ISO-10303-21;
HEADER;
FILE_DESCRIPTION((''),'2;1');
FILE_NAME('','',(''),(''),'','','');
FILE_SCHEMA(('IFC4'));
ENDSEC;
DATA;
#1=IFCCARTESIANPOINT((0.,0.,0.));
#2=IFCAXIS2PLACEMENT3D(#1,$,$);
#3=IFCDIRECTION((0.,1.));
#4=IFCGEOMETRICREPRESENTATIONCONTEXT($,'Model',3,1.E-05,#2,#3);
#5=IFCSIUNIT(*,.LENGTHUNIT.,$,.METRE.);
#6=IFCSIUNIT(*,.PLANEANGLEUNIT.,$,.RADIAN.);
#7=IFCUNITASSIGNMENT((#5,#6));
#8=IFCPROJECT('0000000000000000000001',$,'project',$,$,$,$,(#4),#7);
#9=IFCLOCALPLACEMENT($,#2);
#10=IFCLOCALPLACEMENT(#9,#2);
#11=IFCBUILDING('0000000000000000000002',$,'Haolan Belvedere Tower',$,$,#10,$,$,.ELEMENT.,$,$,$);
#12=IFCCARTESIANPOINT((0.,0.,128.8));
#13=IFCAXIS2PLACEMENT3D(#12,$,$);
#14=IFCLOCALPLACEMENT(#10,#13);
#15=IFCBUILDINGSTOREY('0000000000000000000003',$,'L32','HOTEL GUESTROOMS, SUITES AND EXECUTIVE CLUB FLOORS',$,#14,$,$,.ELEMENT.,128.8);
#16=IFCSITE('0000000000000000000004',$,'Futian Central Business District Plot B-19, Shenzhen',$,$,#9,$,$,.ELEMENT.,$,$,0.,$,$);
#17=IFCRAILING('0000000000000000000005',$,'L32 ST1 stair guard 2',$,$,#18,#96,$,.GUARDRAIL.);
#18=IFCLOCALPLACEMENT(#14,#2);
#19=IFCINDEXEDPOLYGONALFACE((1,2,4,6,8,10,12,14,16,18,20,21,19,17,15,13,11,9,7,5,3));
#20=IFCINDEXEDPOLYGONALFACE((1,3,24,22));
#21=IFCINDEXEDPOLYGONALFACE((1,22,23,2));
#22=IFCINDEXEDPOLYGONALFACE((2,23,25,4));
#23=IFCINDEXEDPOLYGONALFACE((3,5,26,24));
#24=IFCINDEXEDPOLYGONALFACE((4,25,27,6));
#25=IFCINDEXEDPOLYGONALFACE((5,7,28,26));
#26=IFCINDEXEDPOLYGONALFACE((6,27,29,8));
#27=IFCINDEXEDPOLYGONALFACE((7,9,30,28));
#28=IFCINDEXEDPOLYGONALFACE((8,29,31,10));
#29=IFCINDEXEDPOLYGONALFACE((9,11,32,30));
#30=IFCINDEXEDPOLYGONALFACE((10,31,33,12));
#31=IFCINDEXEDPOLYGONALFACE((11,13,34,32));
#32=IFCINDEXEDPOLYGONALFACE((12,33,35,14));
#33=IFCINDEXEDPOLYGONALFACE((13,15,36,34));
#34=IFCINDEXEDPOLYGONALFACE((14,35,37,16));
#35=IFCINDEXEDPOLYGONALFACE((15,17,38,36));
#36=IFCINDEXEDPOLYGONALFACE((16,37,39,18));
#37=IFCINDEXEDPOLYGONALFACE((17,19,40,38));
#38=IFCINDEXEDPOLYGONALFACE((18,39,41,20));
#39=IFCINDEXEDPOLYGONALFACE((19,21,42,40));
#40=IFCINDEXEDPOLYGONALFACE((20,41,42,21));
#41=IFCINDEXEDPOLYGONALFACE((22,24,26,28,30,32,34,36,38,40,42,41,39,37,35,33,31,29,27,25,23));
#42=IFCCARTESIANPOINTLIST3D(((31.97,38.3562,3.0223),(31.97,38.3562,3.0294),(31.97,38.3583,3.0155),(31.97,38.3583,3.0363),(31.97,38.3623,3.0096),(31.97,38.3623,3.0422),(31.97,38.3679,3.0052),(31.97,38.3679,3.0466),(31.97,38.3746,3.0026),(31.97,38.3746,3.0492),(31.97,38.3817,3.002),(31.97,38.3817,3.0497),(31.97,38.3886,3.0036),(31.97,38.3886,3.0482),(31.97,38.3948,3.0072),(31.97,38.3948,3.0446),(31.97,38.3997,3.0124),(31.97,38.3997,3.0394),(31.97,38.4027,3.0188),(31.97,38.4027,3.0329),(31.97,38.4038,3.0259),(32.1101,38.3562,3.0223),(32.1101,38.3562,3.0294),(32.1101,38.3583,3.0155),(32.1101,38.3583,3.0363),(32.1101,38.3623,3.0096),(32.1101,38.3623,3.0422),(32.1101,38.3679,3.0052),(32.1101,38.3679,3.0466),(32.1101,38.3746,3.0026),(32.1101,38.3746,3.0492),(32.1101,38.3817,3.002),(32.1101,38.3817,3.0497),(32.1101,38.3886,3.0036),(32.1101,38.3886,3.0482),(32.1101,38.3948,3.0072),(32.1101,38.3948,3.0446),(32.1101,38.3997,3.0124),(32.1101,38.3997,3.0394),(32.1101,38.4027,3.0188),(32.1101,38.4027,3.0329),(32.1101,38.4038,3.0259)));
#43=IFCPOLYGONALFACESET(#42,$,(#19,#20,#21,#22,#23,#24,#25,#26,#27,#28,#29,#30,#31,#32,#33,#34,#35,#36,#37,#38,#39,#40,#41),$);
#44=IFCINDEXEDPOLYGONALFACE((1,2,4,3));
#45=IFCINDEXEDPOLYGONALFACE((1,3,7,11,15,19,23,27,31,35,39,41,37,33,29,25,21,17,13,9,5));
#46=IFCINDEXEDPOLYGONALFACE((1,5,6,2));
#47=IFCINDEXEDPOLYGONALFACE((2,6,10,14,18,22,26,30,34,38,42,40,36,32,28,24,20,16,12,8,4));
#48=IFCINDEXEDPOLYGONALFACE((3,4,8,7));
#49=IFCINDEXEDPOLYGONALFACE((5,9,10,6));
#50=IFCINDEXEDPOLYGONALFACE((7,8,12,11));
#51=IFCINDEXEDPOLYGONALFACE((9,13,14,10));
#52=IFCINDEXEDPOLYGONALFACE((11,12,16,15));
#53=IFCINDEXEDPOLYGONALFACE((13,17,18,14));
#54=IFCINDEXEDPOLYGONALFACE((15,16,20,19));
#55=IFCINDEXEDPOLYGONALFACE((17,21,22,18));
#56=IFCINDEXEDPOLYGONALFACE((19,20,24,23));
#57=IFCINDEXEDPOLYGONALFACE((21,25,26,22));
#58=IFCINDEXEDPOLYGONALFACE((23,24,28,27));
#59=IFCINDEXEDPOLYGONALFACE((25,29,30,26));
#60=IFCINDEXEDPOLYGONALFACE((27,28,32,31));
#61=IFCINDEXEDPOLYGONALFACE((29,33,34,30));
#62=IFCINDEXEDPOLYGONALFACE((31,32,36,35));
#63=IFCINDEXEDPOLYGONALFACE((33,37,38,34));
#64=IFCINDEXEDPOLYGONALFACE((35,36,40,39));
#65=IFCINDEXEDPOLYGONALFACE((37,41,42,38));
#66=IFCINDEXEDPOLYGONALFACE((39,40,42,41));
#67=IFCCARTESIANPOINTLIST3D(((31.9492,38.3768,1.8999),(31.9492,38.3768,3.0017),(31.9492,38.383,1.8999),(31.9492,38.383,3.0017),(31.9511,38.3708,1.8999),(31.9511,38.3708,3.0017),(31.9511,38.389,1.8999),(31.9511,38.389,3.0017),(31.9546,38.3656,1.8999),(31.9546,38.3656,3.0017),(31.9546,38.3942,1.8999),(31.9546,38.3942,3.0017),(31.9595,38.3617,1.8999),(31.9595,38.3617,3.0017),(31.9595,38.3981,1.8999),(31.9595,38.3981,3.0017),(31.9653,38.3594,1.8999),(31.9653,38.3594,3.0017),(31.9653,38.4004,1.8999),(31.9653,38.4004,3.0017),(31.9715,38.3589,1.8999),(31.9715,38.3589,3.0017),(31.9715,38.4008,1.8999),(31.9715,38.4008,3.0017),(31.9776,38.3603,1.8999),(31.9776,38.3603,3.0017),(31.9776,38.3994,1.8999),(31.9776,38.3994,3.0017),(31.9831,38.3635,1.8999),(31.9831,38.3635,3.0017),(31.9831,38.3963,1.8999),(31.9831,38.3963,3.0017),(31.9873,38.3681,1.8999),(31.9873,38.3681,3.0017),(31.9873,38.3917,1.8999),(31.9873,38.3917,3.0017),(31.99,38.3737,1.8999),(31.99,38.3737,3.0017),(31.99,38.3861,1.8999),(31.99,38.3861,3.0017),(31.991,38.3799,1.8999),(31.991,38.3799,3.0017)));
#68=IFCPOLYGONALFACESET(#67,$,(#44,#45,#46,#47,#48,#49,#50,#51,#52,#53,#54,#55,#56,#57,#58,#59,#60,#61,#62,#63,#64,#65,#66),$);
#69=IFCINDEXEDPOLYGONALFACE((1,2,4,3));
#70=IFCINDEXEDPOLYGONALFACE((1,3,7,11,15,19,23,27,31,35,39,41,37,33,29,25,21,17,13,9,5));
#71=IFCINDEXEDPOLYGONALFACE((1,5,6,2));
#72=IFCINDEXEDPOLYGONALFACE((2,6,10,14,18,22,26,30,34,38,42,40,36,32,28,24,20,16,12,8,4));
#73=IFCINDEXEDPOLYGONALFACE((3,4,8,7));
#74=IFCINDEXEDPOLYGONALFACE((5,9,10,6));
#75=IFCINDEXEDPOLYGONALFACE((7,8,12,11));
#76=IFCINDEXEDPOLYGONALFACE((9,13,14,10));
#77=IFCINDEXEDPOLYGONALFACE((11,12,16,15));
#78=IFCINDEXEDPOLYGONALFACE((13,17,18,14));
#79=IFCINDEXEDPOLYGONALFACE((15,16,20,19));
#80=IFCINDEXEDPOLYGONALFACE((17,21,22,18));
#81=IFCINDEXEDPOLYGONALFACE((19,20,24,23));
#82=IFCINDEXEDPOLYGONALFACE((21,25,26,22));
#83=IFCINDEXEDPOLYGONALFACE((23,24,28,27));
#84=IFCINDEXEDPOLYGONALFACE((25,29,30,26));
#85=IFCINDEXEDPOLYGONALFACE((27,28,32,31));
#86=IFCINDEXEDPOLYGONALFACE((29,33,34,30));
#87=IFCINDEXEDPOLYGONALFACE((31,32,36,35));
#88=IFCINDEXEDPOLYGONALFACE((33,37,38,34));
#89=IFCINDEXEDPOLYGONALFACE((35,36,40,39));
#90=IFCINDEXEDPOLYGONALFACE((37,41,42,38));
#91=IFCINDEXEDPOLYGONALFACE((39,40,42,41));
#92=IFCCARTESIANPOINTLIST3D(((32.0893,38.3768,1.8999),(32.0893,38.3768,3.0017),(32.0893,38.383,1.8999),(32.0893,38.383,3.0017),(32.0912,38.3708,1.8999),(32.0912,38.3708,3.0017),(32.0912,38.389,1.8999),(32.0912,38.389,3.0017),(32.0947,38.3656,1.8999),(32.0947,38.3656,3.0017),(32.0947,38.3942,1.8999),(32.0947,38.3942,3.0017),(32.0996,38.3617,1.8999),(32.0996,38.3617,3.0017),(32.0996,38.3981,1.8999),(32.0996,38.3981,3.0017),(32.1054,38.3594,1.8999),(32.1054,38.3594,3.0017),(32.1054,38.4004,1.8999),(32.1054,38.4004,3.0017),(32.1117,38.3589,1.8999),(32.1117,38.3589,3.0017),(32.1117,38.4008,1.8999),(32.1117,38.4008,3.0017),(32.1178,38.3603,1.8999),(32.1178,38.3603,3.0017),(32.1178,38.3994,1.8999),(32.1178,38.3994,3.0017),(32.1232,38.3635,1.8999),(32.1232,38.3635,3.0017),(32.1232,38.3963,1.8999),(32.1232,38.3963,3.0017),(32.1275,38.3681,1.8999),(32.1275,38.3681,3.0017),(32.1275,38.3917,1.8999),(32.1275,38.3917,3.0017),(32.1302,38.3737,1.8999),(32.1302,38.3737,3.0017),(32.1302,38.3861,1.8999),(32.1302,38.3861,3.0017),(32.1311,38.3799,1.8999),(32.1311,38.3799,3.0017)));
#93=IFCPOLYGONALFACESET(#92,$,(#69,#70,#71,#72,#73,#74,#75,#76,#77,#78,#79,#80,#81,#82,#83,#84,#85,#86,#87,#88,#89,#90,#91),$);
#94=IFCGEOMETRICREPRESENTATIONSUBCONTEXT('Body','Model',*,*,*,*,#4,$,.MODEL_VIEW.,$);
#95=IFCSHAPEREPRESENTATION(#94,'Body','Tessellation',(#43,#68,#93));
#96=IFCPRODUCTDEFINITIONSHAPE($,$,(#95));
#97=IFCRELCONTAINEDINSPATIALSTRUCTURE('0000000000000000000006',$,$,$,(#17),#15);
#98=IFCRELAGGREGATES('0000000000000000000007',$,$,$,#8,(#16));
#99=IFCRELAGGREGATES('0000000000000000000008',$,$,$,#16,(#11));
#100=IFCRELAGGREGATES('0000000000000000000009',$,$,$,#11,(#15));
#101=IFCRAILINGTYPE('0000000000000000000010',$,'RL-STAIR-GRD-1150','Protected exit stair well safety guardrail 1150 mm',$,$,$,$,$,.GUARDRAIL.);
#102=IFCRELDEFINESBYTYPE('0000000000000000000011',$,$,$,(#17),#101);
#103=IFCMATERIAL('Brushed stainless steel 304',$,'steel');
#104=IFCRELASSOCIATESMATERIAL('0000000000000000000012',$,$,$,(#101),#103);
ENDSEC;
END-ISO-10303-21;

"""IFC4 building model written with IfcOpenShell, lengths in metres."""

from ifc_helpers import new_model, si_unit, direction, frame, origin, origin_2d, place, context, subcontext, project, spatial, circle, extrude, material, type_object, element, save


model = new_model("IFC4")

# Units and contexts
model_context = context("Model", 3, precision=1e-05, world=origin(), true_north=direction((0.0, 1.0)))
body_context = subcontext(model_context, "Body", "Model", "MODEL_VIEW")
ifc_project = project(units=[si_unit("LENGTHUNIT", "METRE"), si_unit("PLANEANGLEUNIT", "RADIAN")], contexts=[model_context])

# Site, building, storey
site_placement = place(None, origin())
site = spatial("IfcSite", under=ifc_project, at=site_placement, Name="Futian Central Business District Plot B-19, Shenzhen", CompositionType="ELEMENT", RefElevation=0.0)
building_placement = place(site_placement, origin())
building = spatial("IfcBuilding", under=site, at=building_placement, Name="Haolan Belvedere Tower", CompositionType="ELEMENT")
storey_placement = place(building_placement, frame((0.0, 0.0, 128.8)))
storey = spatial("IfcBuildingStorey", under=building, at=storey_placement, Name="L32", Description="HOTEL GUESTROOMS, SUITES AND EXECUTIVE CLUB FLOORS", CompositionType="ELEMENT", Elevation=128.8)

# Railing
ifc_material_1 = material(Name="Brushed stainless steel 304", Category="steel")
railing_type_1 = type_object("IfcRailingType", Name="RL-STAIR-GRD-1150", Description="Protected exit stair well safety guardrail 1150 mm", PredefinedType="GUARDRAIL", material=ifc_material_1)
railing_1_placement = place(storey_placement, frame((31.97, 38.3799, 1.8999)))
element("IfcRailing", 1, at=railing_1_placement, inside=storey, type_object=railing_type_1, Name="L32 ST1 stair guard 2", PredefinedType="GUARDRAIL", context=body_context, shape_type="SweptSolid", body=[
    extrude(circle(Radius=0.0239, at=origin_2d()), frame((0.0, 0.0, 1.126), z_axis=(1.0, 0.0, 0.0), x_axis=(0.0, 1.0, 0.0)), (0.0, 0.0, 1.0), 0.1401),
    extrude(circle(Radius=0.021, at=origin_2d()), origin(), (0.0, 0.0, 1.0), 1.1018),
    extrude(circle(Radius=0.021, at=origin_2d()), frame((0.1401, 0.0, 0.0)), (0.0, 0.0, 1.0), 1.1018),
])

save(model, "model.ifc")
